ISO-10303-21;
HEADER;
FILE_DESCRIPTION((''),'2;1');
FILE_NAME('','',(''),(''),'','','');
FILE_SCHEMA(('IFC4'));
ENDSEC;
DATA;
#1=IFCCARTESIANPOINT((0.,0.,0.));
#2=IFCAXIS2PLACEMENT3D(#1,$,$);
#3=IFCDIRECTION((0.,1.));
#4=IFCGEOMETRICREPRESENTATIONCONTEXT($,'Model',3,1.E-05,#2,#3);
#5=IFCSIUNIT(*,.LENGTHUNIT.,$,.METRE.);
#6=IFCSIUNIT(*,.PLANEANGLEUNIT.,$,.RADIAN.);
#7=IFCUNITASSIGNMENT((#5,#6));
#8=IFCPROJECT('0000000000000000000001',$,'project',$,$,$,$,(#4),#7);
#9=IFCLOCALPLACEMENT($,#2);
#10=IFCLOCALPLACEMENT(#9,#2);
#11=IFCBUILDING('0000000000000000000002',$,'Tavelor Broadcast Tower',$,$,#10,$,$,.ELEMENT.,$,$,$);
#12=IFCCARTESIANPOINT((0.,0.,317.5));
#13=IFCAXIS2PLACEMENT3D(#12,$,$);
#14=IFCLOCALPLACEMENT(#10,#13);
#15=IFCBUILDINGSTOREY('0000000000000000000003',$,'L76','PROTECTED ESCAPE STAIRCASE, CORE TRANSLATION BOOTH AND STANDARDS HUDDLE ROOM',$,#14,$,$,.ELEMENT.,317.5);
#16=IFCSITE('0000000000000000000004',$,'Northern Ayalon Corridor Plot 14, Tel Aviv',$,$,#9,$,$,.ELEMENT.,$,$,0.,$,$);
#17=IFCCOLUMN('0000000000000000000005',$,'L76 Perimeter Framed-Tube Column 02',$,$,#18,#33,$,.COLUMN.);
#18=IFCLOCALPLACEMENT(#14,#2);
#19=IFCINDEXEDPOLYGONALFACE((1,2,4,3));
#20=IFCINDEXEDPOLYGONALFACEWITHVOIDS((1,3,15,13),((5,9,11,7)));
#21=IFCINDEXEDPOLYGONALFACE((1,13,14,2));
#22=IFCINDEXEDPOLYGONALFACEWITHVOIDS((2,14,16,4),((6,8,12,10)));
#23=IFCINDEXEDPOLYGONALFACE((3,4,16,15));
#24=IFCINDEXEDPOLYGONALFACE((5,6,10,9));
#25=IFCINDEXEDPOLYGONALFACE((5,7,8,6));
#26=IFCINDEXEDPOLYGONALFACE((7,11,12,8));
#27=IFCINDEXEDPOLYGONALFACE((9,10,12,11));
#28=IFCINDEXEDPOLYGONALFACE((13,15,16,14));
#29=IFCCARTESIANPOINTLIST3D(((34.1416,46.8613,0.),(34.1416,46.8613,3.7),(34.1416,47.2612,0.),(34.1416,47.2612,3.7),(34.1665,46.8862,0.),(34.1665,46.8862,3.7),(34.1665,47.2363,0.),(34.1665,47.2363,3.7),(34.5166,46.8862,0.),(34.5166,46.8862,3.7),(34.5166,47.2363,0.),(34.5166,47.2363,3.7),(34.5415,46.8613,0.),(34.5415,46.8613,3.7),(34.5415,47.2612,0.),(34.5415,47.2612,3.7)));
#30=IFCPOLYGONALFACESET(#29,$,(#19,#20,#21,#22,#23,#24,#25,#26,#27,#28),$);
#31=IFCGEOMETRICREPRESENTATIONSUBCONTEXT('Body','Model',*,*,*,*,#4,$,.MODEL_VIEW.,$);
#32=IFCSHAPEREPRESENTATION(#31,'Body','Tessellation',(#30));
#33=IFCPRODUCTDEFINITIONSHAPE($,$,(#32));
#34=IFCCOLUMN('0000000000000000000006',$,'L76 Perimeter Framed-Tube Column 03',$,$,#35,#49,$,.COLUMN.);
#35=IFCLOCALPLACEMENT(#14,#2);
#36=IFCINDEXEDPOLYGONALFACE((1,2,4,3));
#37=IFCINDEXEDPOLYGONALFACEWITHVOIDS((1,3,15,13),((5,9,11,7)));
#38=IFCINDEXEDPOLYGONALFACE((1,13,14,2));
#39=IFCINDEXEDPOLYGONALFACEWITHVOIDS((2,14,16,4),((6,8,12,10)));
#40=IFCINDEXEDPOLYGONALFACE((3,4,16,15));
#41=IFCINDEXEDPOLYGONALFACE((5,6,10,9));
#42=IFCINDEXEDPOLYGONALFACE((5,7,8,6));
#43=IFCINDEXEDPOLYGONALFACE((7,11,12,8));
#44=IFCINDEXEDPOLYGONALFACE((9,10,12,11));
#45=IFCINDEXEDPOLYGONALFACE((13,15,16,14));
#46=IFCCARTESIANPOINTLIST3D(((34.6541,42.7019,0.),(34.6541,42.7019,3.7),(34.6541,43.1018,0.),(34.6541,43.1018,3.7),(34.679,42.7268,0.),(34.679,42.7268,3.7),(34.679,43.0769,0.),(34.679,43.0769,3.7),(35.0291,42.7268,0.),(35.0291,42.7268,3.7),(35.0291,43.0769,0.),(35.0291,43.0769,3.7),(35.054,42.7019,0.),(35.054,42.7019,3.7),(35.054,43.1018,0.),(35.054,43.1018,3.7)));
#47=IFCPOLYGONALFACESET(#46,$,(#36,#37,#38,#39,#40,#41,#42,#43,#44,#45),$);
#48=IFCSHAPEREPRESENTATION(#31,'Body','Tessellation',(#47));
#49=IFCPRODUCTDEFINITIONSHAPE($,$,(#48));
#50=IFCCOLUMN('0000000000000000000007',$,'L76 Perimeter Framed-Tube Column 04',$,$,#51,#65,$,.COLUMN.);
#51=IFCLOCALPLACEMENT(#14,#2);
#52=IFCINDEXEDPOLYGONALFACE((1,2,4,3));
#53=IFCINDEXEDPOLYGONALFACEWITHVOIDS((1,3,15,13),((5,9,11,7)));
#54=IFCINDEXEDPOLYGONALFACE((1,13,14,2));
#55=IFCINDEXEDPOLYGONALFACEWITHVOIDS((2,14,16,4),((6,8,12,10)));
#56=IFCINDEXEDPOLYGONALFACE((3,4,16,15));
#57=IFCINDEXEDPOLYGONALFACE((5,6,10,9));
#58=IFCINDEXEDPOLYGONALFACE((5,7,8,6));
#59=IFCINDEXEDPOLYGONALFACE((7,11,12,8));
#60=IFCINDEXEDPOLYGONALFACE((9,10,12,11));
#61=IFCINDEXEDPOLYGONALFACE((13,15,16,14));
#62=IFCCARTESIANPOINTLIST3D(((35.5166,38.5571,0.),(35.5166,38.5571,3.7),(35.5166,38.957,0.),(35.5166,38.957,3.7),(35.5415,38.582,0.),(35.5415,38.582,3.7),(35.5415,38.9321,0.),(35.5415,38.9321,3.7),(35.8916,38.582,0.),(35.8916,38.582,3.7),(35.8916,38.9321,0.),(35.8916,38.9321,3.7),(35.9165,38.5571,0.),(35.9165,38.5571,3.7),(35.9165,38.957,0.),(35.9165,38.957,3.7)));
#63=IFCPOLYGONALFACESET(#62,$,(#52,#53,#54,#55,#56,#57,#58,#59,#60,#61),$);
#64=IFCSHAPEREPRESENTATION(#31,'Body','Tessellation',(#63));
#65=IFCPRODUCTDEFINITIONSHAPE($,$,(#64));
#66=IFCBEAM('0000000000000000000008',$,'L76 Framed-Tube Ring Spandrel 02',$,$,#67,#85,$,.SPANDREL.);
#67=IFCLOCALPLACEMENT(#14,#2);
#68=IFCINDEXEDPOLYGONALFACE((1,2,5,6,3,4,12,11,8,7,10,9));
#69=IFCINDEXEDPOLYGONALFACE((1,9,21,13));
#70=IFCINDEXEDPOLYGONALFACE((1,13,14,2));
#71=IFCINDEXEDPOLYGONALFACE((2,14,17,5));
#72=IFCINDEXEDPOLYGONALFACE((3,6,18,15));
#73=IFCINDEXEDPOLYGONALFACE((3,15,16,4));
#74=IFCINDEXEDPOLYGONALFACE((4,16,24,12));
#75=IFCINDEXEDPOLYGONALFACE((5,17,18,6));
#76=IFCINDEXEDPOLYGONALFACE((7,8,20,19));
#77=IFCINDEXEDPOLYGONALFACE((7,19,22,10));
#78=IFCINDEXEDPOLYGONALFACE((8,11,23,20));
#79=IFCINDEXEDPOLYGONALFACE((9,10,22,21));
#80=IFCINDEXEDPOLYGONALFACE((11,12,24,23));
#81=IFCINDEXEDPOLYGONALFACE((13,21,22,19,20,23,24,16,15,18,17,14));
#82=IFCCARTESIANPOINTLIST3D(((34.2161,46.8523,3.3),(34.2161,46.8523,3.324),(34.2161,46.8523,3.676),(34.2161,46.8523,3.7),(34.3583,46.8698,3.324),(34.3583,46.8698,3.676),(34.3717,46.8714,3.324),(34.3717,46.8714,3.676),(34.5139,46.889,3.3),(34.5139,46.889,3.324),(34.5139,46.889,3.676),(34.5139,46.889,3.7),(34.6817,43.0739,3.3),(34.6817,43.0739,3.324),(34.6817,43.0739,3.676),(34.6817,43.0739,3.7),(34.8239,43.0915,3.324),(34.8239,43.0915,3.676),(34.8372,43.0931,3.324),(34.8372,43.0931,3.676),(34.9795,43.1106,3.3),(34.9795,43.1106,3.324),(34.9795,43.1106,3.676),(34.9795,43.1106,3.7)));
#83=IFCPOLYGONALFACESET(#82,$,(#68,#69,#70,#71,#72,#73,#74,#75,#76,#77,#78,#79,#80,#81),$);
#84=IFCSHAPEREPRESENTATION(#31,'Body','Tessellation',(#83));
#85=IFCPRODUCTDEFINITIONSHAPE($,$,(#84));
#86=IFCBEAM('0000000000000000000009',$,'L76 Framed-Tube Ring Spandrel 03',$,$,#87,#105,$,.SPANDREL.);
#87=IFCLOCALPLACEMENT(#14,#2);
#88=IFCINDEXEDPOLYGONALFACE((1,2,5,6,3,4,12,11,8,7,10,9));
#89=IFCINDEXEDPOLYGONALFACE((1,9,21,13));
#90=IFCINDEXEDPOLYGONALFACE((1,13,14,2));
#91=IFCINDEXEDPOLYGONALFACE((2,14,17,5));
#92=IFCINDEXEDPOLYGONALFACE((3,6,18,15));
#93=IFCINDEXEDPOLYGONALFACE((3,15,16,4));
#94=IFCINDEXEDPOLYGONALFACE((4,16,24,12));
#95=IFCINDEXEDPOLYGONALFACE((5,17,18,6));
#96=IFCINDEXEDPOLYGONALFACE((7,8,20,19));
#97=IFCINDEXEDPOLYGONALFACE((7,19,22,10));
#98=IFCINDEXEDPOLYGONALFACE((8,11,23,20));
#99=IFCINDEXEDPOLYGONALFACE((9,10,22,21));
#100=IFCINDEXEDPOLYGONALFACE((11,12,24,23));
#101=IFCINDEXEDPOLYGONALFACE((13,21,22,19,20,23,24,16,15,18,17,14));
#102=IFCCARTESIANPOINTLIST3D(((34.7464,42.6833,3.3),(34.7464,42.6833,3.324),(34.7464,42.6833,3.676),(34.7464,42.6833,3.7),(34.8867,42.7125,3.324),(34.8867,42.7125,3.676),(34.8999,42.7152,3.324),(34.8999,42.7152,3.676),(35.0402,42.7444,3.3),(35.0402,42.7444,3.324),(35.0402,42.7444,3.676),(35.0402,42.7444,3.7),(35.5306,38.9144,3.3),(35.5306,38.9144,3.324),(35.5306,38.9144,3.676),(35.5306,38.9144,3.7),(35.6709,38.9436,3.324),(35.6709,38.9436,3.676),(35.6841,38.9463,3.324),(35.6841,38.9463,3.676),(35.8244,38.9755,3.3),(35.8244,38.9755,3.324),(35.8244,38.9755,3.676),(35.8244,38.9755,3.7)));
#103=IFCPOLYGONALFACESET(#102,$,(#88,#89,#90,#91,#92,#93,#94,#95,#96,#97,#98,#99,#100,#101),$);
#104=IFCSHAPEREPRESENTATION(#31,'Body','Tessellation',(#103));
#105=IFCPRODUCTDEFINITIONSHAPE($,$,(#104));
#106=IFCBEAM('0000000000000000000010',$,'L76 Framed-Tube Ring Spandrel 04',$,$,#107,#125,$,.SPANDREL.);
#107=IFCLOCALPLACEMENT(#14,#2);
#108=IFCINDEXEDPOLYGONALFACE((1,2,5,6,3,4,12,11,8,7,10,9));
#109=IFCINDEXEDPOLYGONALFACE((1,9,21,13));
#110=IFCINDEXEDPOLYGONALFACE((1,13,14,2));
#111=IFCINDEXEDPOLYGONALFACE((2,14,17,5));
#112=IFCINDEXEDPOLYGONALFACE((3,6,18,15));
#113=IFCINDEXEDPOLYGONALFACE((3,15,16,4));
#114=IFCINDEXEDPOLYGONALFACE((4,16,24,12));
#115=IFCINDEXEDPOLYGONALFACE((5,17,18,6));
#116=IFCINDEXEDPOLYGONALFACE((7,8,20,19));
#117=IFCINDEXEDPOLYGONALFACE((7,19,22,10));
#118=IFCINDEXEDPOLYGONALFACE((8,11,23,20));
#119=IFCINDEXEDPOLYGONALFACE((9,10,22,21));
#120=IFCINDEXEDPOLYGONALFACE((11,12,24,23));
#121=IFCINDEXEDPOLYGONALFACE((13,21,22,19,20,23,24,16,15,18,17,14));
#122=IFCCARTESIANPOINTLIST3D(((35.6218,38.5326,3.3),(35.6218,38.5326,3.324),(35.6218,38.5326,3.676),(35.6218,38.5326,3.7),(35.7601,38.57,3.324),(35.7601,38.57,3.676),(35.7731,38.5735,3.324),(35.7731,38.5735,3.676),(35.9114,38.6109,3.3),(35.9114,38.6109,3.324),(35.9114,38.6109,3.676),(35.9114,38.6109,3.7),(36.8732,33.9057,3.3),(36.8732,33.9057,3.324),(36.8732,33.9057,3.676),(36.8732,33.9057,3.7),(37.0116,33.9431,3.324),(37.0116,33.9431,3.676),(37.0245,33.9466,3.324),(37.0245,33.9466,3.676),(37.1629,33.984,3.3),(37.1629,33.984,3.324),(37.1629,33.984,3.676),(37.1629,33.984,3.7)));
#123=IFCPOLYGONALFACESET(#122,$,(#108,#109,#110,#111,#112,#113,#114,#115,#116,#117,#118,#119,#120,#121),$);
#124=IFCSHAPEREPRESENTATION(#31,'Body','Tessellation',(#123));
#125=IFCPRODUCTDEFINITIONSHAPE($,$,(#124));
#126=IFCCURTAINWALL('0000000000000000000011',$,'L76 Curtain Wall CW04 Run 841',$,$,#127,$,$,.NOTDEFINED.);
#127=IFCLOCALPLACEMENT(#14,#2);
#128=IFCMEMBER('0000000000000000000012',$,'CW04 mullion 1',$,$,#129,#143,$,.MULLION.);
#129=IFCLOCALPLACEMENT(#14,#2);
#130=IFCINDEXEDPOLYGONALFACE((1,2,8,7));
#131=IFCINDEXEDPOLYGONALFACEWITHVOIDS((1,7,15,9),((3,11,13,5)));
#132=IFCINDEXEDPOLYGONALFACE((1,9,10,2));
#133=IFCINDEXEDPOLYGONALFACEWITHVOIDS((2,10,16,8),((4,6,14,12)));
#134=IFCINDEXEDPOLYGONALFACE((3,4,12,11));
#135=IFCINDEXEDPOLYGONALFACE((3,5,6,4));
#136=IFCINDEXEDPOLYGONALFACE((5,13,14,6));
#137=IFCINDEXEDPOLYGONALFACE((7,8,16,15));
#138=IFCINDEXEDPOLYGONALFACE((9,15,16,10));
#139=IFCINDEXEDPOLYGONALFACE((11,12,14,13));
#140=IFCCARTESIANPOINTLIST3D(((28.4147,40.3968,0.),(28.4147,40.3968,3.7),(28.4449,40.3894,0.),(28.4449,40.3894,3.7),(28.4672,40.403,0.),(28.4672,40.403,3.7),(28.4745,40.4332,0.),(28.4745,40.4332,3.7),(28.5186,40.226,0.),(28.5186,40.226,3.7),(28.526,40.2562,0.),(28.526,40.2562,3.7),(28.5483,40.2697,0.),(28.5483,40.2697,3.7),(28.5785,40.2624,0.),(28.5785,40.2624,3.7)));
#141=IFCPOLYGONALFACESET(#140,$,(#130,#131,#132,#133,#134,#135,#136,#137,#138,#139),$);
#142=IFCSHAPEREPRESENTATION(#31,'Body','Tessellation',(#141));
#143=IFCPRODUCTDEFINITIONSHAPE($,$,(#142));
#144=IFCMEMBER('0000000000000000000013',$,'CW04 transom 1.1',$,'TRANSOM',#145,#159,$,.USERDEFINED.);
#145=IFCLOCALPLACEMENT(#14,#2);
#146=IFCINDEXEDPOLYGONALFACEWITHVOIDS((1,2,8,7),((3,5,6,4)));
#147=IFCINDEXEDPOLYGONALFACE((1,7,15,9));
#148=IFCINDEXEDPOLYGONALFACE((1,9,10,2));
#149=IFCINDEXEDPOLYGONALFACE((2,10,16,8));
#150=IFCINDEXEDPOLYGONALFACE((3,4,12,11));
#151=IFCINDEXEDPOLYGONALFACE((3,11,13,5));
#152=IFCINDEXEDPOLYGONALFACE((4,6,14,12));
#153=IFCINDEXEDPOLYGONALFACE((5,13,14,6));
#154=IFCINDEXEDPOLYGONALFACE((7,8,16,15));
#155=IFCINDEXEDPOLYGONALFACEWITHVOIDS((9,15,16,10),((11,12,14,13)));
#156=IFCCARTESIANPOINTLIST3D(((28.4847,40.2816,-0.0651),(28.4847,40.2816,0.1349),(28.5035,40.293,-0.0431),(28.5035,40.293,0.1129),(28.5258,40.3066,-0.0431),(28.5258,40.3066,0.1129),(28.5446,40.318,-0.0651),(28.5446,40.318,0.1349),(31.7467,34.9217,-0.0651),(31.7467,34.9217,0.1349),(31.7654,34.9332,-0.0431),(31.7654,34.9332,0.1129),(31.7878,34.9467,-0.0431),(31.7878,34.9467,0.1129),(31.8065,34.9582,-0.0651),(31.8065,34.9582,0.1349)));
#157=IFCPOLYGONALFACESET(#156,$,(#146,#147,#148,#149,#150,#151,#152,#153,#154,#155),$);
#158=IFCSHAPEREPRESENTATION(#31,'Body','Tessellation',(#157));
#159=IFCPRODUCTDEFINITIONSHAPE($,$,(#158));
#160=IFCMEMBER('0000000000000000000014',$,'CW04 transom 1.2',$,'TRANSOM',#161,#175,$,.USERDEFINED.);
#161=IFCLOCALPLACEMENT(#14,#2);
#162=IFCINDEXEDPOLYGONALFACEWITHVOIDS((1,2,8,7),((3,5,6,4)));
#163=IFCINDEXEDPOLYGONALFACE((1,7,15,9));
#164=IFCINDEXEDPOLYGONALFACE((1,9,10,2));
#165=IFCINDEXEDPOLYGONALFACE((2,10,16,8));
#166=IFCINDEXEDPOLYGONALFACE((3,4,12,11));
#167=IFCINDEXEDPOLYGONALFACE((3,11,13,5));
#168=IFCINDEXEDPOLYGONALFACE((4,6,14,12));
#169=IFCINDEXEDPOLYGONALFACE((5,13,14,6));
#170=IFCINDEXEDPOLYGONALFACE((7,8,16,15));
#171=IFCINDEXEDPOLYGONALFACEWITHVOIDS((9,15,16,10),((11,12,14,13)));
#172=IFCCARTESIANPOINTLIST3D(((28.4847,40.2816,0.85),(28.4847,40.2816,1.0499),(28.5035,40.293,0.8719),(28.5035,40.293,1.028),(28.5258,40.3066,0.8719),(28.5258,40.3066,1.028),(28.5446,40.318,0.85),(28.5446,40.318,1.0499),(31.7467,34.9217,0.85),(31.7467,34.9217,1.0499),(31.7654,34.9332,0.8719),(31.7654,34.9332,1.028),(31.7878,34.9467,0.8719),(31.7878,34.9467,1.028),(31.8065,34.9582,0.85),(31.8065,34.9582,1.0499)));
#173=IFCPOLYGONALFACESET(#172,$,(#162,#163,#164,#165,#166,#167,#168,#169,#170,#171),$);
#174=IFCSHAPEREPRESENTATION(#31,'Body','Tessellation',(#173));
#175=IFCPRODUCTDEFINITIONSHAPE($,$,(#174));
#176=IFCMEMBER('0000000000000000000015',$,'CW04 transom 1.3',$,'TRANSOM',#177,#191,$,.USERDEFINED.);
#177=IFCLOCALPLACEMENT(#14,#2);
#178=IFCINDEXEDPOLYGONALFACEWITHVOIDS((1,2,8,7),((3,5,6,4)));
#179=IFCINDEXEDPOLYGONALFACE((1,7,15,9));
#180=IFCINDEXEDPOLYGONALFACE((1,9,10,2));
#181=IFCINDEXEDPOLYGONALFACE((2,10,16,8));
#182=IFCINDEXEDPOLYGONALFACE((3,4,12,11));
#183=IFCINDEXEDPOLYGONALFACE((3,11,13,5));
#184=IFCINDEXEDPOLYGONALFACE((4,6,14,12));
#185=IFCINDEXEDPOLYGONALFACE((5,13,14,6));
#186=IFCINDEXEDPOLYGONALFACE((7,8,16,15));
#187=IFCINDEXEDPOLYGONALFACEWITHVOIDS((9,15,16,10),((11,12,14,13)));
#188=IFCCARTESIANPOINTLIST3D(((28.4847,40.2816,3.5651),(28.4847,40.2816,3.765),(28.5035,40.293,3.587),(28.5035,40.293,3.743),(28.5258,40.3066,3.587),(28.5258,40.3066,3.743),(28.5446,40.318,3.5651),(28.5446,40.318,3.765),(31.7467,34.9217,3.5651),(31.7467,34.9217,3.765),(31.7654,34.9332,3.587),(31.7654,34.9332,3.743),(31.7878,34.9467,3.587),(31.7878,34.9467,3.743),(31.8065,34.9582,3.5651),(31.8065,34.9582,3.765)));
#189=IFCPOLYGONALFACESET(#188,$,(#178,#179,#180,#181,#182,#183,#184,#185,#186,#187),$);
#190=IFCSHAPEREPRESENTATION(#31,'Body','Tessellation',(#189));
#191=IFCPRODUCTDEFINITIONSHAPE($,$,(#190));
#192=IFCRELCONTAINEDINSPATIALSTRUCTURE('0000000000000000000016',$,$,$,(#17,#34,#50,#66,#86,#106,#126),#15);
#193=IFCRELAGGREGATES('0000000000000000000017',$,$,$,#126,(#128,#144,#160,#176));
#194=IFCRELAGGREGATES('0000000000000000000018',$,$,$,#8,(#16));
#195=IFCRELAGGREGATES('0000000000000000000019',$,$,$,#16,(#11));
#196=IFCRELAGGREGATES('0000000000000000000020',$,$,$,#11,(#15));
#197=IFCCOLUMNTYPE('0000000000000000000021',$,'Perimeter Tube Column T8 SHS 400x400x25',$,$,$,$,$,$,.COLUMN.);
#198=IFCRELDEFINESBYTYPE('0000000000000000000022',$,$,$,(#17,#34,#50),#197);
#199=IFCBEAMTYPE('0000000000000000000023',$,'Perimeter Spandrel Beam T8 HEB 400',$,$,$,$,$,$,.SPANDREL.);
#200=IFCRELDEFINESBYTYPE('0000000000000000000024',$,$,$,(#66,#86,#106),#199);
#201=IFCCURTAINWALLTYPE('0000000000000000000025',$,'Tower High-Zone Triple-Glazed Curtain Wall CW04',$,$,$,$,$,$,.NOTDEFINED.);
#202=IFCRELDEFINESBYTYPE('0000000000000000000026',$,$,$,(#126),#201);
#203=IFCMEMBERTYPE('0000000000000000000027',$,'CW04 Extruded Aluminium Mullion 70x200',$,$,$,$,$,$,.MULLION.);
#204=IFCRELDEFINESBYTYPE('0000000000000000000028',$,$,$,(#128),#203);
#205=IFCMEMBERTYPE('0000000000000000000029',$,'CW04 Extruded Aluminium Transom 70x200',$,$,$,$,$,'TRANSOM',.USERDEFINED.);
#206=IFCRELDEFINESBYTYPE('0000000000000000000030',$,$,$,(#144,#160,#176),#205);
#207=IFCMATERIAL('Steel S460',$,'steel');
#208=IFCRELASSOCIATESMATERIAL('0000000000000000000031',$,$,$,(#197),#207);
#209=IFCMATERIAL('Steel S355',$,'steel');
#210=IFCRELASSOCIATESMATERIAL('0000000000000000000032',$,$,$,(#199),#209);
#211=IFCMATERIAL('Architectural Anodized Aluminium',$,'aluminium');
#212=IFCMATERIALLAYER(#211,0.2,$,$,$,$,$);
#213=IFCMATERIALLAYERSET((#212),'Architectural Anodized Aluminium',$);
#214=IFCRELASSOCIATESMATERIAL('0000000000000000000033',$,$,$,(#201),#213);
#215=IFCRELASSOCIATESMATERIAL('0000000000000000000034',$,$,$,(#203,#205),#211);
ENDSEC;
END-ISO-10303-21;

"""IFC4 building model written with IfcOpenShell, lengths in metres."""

from ifc_helpers import new_model, si_unit, direction, frame, origin, origin_2d, place, context, subcontext, project, spatial, hollow_rectangle, i_section, extrude, source, transform, mapped, material, layer, layer_set, material_profile, profile_set, type_object, type_shapes, element, aggregate, save


model = new_model("IFC4")

# Units and contexts
model_context = context("Model", 3, precision=1e-05, world=origin(), true_north=direction((0.0, 1.0)))
body_context = subcontext(model_context, "Body", "Model", "MODEL_VIEW")
ifc_project = project(units=[si_unit("LENGTHUNIT", "METRE"), si_unit("PLANEANGLEUNIT", "RADIAN")], contexts=[model_context])

# Site, building, storey
site_placement = place(None, origin())
site = spatial("IfcSite", under=ifc_project, at=site_placement, Name="Northern Ayalon Corridor Plot 14, Tel Aviv", CompositionType="ELEMENT", RefElevation=0.0)
building_placement = place(site_placement, origin())
building = spatial("IfcBuilding", under=site, at=building_placement, Name="Tavelor Broadcast Tower", CompositionType="ELEMENT")
storey_placement = place(building_placement, frame((0.0, 0.0, 317.5)))
storey = spatial("IfcBuildingStorey", under=building, at=storey_placement, Name="L76", Description="PROTECTED ESCAPE STAIRCASE, CORE TRANSLATION BOOTH AND STANDARDS HUDDLE ROOM", CompositionType="ELEMENT", Elevation=317.5)

# Columns
ifc_material_1 = material(Name="Steel S460", Category="steel")
ifc_material_profile_1 = material_profile(ifc_material_1, hollow_rectangle(XDim=0.3999, YDim=0.3999, WallThickness=0.0249, at=origin_2d()), Name="SHS 400x400x25")
ifc_profile_set_1 = profile_set([ifc_material_profile_1], Name="Steel S460")
column_type = type_object("IfcColumnType", Name="Perimeter Tube Column T8 SHS 400x400x25", PredefinedType="COLUMN", material=ifc_profile_set_1)
for number, where, z_axis, x_axis, name in (
    (1, (34.3416, 47.0613, 0.0), (0.0, 0.0, 1.0), (1.0, 0.0, 0.0), "L76 Perimeter Framed-Tube Column 02"),
    (2, (34.854, 42.9019, 0.0), (0.0, 0.0, 1.0), (1.0, 0.0, 0.0), "L76 Perimeter Framed-Tube Column 03"),
    (3, (35.7166, 38.7571, 0.0), (0.0, 0.0, 1.0), (1.0, 0.0, 0.0), "L76 Perimeter Framed-Tube Column 04"),
):
    element("IfcColumn", number, at=place(storey_placement, frame(where, z_axis=z_axis, x_axis=x_axis)), inside=storey, type_object=column_type, Name=name, PredefinedType="COLUMN", context=body_context, shape_type="SweptSolid", body=[
        extrude(hollow_rectangle(XDim=0.3999, YDim=0.3999, WallThickness=0.0249, at=origin_2d()), origin(), (0.0, 0.0, 1.0), 3.7),
    ])

# Beams
ifc_material_2 = material(Name="Steel S355", Category="steel")
ifc_material_profile_2 = material_profile(ifc_material_2, i_section(OverallWidth=0.3, OverallDepth=0.3999, WebThickness=0.0134, FlangeThickness=0.0239, at=origin_2d()), Name="HEB 400")
ifc_profile_set_2 = profile_set([ifc_material_profile_2], Name="Steel S355")
beam_type = type_object("IfcBeamType", Name="Perimeter Spandrel Beam T8 HEB 400", PredefinedType="SPANDREL", material=ifc_profile_set_2)
beam_1_placement = place(storey_placement, frame((34.365, 46.8706, 3.5), z_axis=(0.122298, -0.992493, 0.0), x_axis=(0.992493, 0.122298, 0.0)))
element("IfcBeam", 4, at=beam_1_placement, inside=storey, type_object=beam_type, Name="L76 Framed-Tube Ring Spandrel 02", PredefinedType="SPANDREL", context=body_context, shape_type="SweptSolid", body=[
    extrude(i_section(OverallWidth=0.3, OverallDepth=0.3999, WebThickness=0.0134, FlangeThickness=0.0239, at=origin_2d()), origin(), (0.0, 0.0, 1.0), 3.8069),
])
beam_2_placement = place(storey_placement, frame((34.8933, 42.7139, 3.5), z_axis=(0.203709, -0.979032, 0.0), x_axis=(0.979032, 0.203709, 0.0)))
element("IfcBeam", 5, at=beam_2_placement, inside=storey, type_object=beam_type, Name="L76 Framed-Tube Ring Spandrel 03", PredefinedType="SPANDREL", context=body_context, shape_type="SweptSolid", body=[
    extrude(i_section(OverallWidth=0.3, OverallDepth=0.3999, WebThickness=0.0134, FlangeThickness=0.0239, at=origin_2d()), origin(), (0.0, 0.0, 1.0), 3.8496),
])
beam_3_placement = place(storey_placement, frame((35.7666, 38.5718, 3.5), z_axis=(0.261091, -0.965314, 0.0), x_axis=(0.965314, 0.261091, 0.0)))
element("IfcBeam", 6, at=beam_3_placement, inside=storey, type_object=beam_type, Name="L76 Framed-Tube Ring Spandrel 04", PredefinedType="SPANDREL", context=body_context, shape_type="SweptSolid", body=[
    extrude(i_section(OverallWidth=0.3, OverallDepth=0.3999, WebThickness=0.0134, FlangeThickness=0.0239, at=origin_2d()), origin(), (0.0, 0.0, 1.0), 4.7932),
])

# Curtain wall, members
ifc_material_3 = material(Name="Architectural Anodized Aluminium", Category="aluminium")
ifc_layer_1 = layer(ifc_material_3, 0.2)
ifc_layer_set_1 = layer_set([ifc_layer_1], Name="Architectural Anodized Aluminium")
curtain_wall_type = type_object("IfcCurtainWallType", Name="Tower High-Zone Triple-Glazed Curtain Wall CW04", PredefinedType="NOTDEFINED", material=ifc_layer_set_1)
curtain_wall_placement = place(storey_placement, origin())
curtain_wall = element("IfcCurtainWall", 7, at=curtain_wall_placement, inside=storey, type_object=curtain_wall_type, Name="L76 Curtain Wall CW04 Run 841", PredefinedType="NOTDEFINED")
ifc_material_profile_3 = material_profile(ifc_material_3, hollow_rectangle(XDim=0.0701, YDim=0.2, WallThickness=0.022, at=origin_2d()), Name="RHS 70x200x22")
ifc_profile_set_3 = profile_set([ifc_material_profile_3], Name="Architectural Anodized Aluminium")
member_type_1 = type_object("IfcMemberType", Name="CW04 Extruded Aluminium Mullion 70x200", PredefinedType="MULLION", material=ifc_profile_set_3)
shared_shape_1 = source(origin(), body_context, "Body", "SweptSolid", [
    extrude(hollow_rectangle(XDim=0.0701, YDim=0.2, WallThickness=0.022, at=origin_2d()), origin(), (0.0, 0.0, 1.0), 3.7),
])
type_shapes(member_type_1, [shared_shape_1])
member_1_placement = place(storey_placement, frame((28.4966, 40.3296, 0.0), z_axis=(0.0, 0.0, 1.0), x_axis=(0.854232, 0.519892, 0.0)))
member_1 = element("IfcMember", 8, at=member_1_placement, type_object=member_type_1, Name="CW04 mullion 1", PredefinedType="MULLION", context=body_context, shape_type="MappedRepresentation", body=[
    mapped(shared_shape_1, transform((0.0, 0.0, 0.0), scale=1.0)),
])
ifc_material_profile_4 = material_profile(ifc_material_3, hollow_rectangle(XDim=0.0701, YDim=0.2, WallThickness=0.022, at=origin_2d()), Name="RHS 70x200x22")
ifc_profile_set_4 = profile_set([ifc_material_profile_4], Name="Architectural Anodized Aluminium")
member_type_2 = type_object("IfcMemberType", Name="CW04 Extruded Aluminium Transom 70x200", ElementType="TRANSOM", PredefinedType="USERDEFINED", material=ifc_profile_set_4)
shared_shape_2 = source(origin(), body_context, "Body", "SweptSolid", [
    extrude(hollow_rectangle(XDim=0.0701, YDim=0.2, WallThickness=0.022, at=origin_2d()), origin(), (0.0, 0.0, 1.0), 6.2744),
])
type_shapes(member_type_2, [shared_shape_2])
member_2_placement = place(storey_placement, frame((28.5146, 40.2998, 0.0349), z_axis=(0.519882, -0.854238, 0.0), x_axis=(0.854238, 0.519882, 0.0)))
member_2 = element("IfcMember", 9, at=member_2_placement, type_object=member_type_2, Name="CW04 transom 1.1", ObjectType="TRANSOM", PredefinedType="USERDEFINED", context=body_context, shape_type="MappedRepresentation", body=[
    mapped(shared_shape_2, transform((0.0, 0.0, 0.0), scale=1.0)),
])
member_3_placement = place(storey_placement, frame((28.5146, 40.2998, 0.95), z_axis=(0.519882, -0.854238, 0.0), x_axis=(0.854238, 0.519882, 0.0)))
member_3 = element("IfcMember", 10, at=member_3_placement, type_object=member_type_2, Name="CW04 transom 1.2", ObjectType="TRANSOM", PredefinedType="USERDEFINED", context=body_context, shape_type="MappedRepresentation", body=[
    mapped(shared_shape_2, transform((0.0, 0.0, 0.0), scale=1.0)),
])
member_4_placement = place(storey_placement, frame((28.5146, 40.2998, 3.665), z_axis=(0.519882, -0.854238, 0.0), x_axis=(0.854238, 0.519882, 0.0)))
member_4 = element("IfcMember", 11, at=member_4_placement, type_object=member_type_2, Name="CW04 transom 1.3", ObjectType="TRANSOM", PredefinedType="USERDEFINED", context=body_context, shape_type="MappedRepresentation", body=[
    mapped(shared_shape_2, transform((0.0, 0.0, 0.0), scale=1.0)),
])
aggregate(curtain_wall, [member_1, member_2, member_3, member_4])

save(model, "model.ifc")
